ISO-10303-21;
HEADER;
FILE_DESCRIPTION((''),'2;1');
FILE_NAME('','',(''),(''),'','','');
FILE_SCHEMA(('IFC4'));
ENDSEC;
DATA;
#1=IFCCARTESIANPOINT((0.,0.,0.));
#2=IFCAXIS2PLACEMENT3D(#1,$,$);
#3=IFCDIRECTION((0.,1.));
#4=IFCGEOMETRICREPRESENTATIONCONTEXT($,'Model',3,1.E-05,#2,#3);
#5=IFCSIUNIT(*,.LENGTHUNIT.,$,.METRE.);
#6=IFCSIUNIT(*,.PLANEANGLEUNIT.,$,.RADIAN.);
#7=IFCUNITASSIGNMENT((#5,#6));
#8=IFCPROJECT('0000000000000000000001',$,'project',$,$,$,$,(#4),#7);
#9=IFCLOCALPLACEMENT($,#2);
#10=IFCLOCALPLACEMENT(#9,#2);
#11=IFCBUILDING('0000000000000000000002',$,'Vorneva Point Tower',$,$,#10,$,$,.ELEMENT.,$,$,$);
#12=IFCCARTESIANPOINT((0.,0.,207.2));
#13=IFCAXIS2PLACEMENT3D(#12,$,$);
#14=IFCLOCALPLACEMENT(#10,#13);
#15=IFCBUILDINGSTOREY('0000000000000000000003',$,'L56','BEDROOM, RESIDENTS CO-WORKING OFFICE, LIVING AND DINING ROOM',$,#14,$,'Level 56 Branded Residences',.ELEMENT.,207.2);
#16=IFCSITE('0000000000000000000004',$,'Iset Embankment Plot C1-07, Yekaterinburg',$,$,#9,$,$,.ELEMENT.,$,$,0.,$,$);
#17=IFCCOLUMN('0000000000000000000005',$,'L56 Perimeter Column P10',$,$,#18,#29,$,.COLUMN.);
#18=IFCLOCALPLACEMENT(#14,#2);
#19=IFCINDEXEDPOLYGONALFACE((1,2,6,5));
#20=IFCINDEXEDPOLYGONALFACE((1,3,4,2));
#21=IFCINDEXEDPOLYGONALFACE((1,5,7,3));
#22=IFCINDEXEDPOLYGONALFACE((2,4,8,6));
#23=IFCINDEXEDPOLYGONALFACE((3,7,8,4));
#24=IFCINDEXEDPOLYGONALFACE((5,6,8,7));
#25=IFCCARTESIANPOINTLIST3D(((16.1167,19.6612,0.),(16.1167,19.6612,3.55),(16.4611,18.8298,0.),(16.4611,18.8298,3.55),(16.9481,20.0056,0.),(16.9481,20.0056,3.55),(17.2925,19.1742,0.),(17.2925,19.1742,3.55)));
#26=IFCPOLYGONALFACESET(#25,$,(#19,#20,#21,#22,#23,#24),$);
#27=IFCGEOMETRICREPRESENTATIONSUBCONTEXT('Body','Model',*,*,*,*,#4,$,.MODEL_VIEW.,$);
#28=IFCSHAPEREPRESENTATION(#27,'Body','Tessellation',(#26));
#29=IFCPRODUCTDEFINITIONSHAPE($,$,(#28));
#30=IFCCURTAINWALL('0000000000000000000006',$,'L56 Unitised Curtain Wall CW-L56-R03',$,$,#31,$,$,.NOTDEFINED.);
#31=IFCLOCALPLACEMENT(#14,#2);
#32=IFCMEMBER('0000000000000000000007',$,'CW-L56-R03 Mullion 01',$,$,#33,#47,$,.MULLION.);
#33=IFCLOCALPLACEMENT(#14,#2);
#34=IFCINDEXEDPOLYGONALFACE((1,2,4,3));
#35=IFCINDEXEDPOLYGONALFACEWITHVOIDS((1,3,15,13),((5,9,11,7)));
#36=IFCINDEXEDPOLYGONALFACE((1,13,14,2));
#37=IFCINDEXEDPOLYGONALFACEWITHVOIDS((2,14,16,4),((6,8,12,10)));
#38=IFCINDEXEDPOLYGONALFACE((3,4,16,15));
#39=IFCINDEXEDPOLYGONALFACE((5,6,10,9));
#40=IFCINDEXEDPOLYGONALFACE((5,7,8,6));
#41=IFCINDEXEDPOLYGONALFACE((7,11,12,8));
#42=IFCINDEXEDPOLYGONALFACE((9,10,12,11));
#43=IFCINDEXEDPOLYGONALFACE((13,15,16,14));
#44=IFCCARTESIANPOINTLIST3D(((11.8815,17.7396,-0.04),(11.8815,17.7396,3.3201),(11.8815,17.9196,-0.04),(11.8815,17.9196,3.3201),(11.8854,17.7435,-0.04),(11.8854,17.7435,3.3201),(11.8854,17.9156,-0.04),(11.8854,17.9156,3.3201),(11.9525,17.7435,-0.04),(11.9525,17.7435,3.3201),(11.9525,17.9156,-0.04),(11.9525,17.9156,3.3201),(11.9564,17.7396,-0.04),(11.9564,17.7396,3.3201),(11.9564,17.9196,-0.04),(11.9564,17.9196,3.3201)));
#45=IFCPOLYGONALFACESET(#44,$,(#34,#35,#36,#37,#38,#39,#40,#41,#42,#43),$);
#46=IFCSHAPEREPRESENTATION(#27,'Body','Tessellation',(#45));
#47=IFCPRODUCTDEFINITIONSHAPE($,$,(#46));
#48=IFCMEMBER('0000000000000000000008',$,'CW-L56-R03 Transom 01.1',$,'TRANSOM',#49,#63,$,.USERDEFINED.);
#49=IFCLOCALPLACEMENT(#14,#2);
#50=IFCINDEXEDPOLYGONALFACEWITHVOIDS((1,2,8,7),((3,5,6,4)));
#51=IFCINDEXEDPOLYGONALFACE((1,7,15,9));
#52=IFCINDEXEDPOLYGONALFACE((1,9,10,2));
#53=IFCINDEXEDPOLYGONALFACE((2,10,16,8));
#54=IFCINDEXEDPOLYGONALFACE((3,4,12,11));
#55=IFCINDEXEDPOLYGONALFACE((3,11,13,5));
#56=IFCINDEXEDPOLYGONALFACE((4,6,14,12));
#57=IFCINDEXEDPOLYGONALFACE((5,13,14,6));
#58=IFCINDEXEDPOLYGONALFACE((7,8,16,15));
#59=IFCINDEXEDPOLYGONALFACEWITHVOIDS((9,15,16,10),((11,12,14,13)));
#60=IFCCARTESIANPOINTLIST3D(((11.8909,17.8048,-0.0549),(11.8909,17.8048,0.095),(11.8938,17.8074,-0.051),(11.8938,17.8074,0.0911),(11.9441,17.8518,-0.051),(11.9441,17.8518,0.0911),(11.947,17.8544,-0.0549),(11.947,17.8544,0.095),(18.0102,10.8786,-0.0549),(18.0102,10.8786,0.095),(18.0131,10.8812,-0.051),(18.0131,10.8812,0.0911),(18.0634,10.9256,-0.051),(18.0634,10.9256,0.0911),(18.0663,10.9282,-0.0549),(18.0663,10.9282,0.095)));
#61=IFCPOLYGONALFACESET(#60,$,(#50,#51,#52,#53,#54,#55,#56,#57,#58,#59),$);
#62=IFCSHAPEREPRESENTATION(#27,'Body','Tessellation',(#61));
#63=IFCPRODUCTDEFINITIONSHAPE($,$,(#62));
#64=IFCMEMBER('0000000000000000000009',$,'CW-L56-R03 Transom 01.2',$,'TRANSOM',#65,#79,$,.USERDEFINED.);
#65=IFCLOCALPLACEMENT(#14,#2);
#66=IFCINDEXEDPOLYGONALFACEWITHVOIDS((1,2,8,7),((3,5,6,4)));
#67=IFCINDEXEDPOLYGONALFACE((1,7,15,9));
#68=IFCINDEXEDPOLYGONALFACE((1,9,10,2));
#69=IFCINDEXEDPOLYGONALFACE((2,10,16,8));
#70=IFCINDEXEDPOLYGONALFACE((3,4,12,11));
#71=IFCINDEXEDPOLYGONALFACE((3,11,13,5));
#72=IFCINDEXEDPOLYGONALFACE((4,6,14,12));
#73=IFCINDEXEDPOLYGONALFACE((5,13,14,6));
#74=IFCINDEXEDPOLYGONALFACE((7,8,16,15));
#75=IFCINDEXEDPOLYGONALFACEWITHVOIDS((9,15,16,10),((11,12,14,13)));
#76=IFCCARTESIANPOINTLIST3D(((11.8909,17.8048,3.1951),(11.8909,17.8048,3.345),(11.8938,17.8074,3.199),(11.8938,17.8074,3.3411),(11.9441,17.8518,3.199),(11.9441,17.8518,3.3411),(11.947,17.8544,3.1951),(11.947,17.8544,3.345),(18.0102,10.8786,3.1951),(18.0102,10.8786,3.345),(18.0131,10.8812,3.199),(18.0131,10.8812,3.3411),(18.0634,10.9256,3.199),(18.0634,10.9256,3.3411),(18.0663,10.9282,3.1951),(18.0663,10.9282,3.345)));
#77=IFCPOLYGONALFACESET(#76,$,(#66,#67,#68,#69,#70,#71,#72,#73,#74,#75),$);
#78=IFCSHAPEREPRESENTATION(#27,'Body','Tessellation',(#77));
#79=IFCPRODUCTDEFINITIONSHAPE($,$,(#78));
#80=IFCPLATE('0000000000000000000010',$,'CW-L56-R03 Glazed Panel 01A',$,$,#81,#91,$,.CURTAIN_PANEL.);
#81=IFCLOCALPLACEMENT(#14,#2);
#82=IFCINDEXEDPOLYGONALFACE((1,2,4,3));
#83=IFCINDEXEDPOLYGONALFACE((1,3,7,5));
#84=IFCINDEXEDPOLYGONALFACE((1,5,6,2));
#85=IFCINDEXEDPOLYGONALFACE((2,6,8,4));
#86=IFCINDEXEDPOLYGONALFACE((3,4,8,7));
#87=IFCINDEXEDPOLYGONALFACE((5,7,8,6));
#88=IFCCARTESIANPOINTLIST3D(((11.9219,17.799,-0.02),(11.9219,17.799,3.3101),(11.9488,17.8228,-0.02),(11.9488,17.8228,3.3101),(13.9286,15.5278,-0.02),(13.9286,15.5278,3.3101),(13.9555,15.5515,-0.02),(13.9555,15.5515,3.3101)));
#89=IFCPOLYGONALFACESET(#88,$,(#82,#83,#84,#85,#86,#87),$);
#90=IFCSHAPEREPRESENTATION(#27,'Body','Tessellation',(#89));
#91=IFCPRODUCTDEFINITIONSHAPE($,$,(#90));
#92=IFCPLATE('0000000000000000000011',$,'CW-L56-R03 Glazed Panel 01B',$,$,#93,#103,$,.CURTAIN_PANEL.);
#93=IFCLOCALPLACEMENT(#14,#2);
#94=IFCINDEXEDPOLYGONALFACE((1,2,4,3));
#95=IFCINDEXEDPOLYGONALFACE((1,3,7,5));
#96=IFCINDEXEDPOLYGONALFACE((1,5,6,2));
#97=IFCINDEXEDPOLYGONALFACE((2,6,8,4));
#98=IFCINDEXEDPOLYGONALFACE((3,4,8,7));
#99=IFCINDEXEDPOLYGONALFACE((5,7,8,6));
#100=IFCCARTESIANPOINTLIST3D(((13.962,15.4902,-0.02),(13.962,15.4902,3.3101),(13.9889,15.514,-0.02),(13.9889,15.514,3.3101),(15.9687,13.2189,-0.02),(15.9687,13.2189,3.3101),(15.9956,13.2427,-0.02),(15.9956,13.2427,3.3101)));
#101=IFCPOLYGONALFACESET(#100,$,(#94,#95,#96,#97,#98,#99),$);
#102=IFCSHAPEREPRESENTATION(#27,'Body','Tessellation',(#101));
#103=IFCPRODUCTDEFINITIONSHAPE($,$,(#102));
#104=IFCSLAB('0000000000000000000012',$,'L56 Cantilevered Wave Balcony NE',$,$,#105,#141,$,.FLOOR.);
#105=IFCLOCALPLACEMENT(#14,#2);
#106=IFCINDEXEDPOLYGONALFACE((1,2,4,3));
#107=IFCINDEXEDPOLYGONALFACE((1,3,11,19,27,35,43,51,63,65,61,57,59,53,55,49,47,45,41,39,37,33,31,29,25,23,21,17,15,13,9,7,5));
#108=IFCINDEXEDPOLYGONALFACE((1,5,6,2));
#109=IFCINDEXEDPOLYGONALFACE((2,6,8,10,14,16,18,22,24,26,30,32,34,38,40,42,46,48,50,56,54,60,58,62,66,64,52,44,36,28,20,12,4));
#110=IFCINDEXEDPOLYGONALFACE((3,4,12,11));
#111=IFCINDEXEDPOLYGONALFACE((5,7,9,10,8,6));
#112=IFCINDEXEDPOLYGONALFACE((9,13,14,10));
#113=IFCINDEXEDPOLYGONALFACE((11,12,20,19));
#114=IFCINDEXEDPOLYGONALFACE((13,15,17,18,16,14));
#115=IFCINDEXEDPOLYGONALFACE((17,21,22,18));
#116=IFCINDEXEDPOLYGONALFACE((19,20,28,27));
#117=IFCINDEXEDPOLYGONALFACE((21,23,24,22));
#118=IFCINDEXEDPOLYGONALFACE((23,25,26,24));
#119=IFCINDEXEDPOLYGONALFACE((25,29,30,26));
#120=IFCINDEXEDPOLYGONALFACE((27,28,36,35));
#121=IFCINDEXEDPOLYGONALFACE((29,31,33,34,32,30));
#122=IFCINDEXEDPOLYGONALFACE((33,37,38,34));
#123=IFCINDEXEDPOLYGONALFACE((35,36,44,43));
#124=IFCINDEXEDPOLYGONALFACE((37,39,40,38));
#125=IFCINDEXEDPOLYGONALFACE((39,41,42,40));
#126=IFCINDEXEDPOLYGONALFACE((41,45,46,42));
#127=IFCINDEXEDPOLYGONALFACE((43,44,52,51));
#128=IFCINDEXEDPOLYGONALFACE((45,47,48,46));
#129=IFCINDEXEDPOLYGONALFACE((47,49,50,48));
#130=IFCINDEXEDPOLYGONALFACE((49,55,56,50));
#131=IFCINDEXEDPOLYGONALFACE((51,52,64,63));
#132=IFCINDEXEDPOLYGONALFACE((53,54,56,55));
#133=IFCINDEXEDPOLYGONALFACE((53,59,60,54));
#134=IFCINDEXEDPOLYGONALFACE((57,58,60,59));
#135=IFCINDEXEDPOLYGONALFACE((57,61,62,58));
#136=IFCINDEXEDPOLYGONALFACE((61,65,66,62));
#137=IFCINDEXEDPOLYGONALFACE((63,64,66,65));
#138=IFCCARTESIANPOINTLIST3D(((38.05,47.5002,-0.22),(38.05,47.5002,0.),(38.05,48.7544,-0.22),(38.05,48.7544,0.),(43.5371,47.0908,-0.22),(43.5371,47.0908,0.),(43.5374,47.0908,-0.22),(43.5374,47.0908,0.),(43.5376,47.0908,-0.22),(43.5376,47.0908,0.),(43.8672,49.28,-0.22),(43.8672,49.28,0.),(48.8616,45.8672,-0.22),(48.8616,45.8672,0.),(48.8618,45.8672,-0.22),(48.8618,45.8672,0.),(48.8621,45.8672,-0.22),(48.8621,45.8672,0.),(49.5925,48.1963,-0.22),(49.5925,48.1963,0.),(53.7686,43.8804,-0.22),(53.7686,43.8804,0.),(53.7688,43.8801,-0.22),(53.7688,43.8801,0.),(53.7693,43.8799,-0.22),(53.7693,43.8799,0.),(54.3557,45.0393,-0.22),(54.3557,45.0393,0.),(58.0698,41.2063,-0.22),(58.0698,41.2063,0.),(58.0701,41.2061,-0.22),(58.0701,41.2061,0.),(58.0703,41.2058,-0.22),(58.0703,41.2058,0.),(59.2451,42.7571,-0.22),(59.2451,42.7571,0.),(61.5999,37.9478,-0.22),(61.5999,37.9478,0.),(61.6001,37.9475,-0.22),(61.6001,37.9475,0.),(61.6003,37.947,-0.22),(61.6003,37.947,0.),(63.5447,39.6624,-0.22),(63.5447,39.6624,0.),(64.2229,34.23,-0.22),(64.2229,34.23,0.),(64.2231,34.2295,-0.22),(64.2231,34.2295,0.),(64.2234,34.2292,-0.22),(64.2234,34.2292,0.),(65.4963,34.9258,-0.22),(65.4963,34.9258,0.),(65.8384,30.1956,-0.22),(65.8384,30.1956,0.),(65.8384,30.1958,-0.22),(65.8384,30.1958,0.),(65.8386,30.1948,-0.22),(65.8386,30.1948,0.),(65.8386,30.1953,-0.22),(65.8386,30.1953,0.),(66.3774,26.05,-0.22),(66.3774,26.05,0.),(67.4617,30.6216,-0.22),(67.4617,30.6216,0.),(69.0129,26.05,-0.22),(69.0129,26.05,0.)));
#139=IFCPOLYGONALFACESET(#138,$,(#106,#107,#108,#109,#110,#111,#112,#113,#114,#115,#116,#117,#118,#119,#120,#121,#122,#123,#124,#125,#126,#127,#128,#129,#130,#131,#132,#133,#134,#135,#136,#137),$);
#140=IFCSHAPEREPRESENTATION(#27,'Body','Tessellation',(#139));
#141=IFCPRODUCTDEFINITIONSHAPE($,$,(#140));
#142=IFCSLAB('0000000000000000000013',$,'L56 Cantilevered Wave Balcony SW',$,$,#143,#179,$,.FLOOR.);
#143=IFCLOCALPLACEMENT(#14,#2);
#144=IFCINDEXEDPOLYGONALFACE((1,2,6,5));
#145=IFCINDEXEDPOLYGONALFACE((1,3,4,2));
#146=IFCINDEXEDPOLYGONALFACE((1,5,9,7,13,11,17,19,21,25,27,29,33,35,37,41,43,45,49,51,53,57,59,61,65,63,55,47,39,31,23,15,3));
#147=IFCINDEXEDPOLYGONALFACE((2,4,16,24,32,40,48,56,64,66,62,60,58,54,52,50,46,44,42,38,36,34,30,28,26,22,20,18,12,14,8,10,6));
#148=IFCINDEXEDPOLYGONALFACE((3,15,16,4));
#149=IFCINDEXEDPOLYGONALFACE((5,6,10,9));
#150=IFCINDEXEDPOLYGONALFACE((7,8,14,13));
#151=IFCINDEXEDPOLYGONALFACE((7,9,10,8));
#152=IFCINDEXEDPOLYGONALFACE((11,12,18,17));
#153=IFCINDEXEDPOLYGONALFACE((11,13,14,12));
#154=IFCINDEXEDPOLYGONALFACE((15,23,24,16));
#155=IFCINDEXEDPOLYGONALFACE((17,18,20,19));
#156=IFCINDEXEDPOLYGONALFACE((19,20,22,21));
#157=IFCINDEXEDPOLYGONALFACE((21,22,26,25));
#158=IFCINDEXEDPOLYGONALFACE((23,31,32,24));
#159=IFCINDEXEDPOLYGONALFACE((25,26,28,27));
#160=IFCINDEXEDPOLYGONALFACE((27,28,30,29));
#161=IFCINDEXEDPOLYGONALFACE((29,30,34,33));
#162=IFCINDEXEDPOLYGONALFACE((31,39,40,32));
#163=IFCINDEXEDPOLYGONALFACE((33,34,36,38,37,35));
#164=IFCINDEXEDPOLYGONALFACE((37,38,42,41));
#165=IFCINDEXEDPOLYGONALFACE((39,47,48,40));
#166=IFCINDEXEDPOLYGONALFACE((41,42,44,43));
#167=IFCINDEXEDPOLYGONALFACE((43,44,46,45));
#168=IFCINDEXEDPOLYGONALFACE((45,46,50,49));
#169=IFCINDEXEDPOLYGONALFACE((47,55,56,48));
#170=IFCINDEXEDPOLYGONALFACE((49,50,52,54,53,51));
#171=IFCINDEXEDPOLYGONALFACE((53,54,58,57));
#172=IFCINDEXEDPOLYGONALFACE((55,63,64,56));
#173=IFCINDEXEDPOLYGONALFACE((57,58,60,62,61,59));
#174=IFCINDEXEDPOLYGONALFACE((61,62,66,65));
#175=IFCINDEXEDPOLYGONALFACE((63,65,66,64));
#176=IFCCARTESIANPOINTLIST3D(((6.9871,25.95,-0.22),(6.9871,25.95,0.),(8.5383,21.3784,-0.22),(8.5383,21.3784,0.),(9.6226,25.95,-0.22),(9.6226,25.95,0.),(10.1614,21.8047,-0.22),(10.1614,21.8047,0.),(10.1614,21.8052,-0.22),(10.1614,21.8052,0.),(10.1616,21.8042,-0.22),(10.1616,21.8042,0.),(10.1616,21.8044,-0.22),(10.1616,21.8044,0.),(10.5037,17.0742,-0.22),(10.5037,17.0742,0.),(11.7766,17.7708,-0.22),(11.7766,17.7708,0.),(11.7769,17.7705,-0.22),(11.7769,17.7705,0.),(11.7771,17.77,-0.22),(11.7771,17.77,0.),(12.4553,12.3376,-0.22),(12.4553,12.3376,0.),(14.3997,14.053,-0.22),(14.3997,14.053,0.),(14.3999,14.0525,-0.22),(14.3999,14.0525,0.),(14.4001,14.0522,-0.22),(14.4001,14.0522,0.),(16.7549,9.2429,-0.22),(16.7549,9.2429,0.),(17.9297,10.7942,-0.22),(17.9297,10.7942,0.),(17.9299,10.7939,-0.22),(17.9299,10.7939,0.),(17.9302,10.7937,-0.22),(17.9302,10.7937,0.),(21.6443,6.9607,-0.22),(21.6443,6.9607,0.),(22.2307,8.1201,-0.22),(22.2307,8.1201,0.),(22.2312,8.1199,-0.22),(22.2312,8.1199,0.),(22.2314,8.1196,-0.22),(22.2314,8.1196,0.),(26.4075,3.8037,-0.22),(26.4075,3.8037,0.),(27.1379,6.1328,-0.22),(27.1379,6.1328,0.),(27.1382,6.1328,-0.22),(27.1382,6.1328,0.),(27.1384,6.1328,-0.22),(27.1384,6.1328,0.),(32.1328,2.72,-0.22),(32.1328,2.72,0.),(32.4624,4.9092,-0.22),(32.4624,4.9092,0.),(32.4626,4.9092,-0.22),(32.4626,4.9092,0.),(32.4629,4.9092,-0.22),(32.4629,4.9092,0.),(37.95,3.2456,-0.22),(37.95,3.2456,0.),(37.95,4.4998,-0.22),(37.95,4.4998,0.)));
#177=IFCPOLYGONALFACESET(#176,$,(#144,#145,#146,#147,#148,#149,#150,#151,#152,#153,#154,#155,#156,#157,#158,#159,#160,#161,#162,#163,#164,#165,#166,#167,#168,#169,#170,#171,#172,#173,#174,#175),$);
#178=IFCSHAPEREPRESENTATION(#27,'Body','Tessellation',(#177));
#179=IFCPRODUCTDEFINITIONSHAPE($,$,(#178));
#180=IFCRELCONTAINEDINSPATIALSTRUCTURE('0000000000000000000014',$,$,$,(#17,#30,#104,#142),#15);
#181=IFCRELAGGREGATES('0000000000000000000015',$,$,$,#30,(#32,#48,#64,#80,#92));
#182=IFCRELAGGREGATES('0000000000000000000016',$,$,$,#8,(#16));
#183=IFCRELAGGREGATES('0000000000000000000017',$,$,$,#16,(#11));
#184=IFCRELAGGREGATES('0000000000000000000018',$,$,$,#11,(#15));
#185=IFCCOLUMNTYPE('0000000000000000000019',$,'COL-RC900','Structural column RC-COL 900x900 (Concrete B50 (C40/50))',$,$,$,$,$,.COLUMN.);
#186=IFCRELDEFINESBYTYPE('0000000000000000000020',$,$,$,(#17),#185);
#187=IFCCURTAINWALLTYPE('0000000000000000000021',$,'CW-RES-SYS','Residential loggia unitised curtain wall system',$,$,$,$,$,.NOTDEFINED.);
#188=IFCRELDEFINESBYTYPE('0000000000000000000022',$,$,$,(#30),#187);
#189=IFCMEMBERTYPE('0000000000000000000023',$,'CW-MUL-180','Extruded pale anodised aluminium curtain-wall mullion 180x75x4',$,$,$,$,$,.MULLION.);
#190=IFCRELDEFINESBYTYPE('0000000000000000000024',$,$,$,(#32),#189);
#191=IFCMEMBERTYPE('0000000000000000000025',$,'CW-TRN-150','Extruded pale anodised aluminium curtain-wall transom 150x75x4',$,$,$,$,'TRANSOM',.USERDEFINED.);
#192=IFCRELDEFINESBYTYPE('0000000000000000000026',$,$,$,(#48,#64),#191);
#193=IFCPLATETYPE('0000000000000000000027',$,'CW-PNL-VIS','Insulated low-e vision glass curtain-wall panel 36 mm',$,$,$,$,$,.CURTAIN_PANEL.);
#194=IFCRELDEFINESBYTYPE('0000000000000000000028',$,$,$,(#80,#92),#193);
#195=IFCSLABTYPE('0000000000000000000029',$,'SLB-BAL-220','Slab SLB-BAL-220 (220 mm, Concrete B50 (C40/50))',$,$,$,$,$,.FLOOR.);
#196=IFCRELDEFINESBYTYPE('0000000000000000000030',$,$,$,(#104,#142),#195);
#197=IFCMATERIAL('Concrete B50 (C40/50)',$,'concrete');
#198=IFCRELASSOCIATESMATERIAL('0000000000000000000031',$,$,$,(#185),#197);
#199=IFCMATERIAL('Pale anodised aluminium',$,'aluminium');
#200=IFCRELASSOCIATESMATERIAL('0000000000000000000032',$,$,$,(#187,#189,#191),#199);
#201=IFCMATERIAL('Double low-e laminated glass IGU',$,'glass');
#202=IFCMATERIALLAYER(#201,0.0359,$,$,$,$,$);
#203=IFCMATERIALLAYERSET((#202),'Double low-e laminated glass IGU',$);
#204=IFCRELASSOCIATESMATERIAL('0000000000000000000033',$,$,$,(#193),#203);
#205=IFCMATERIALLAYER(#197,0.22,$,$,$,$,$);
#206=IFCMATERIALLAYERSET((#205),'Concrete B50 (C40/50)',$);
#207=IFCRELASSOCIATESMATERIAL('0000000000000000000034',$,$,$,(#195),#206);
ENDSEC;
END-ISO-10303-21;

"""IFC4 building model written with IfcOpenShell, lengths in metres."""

from ifc_helpers import new_model, si_unit, direction, frame, origin, origin_2d, place, context, subcontext, project, spatial, polyline, rectangle, hollow_rectangle, outline, extrude, material, layer, layer_set, material_profile, profile_set, type_object, element, aggregate, save


model = new_model("IFC4")

# Units and contexts
model_context = context("Model", 3, precision=1e-05, world=origin(), true_north=direction((0.0, 1.0)))
body_context = subcontext(model_context, "Body", "Model", "MODEL_VIEW")
ifc_project = project(units=[si_unit("LENGTHUNIT", "METRE"), si_unit("PLANEANGLEUNIT", "RADIAN")], contexts=[model_context])

# Site, building, storey
site_placement = place(None, origin())
site = spatial("IfcSite", under=ifc_project, at=site_placement, Name="Iset Embankment Plot C1-07, Yekaterinburg", CompositionType="ELEMENT", RefElevation=0.0)
building_placement = place(site_placement, origin())
building = spatial("IfcBuilding", under=site, at=building_placement, Name="Vorneva Point Tower", CompositionType="ELEMENT")
storey_placement = place(building_placement, frame((0.0, 0.0, 207.2)))
storey = spatial("IfcBuildingStorey", under=building, at=storey_placement, Name="L56", Description="BEDROOM, RESIDENTS CO-WORKING OFFICE, LIVING AND DINING ROOM", LongName="Level 56 Branded Residences", CompositionType="ELEMENT", Elevation=207.2)

# Column
ifc_material_1 = material(Name="Concrete B50 (C40/50)", Category="concrete")
ifc_material_profile_1 = material_profile(ifc_material_1, rectangle(XDim=0.8999, YDim=0.8999, at=origin_2d()), Name="RC-COL 900x900")
ifc_profile_set_1 = profile_set([ifc_material_profile_1], Name="Concrete B50 (C40/50)")
column_type = type_object("IfcColumnType", Name="COL-RC900", Description="Structural column RC-COL 900x900 (Concrete B50 (C40/50))", PredefinedType="COLUMN", material=ifc_profile_set_1)
column_placement = place(storey_placement, frame((16.7046, 19.4177, 0.0), z_axis=(0.0, 0.0, 1.0), x_axis=(-0.92388, -0.382683, 0.0)))
element("IfcColumn", 1, at=column_placement, inside=storey, type_object=column_type, Name="L56 Perimeter Column P10", PredefinedType="COLUMN", context=body_context, shape_type="SweptSolid", body=[
    extrude(rectangle(XDim=0.8999, YDim=0.8999, at=origin_2d()), origin(), (0.0, 0.0, 1.0), 3.55),
])

# Curtain wall, members, plates
ifc_material_2 = material(Name="Pale anodised aluminium", Category="aluminium")
curtain_wall_type = type_object("IfcCurtainWallType", Name="CW-RES-SYS", Description="Residential loggia unitised curtain wall system", PredefinedType="NOTDEFINED", material=ifc_material_2)
curtain_wall_placement = place(storey_placement, origin())
curtain_wall = element("IfcCurtainWall", 2, at=curtain_wall_placement, inside=storey, type_object=curtain_wall_type, Name="L56 Unitised Curtain Wall CW-L56-R03", PredefinedType="NOTDEFINED")
ifc_material_profile_2 = material_profile(ifc_material_2, hollow_rectangle(XDim=0.075, YDim=0.1799, WallThickness=0.0039, at=origin_2d()), Name="AL-MUL 180x75x4")
ifc_profile_set_2 = profile_set([ifc_material_profile_2], Name="Pale anodised aluminium")
member_type_1 = type_object("IfcMemberType", Name="CW-MUL-180", Description="Extruded pale anodised aluminium curtain-wall mullion 180x75x4", PredefinedType="MULLION", material=ifc_profile_set_2)
member_1_placement = place(storey_placement, frame((11.9189, 17.8296, -0.04), z_axis=(0.0, 0.0, 1.0), x_axis=(1.0, 0.0, 0.0)))
member_1 = element("IfcMember", 3, at=member_1_placement, type_object=member_type_1, Name="CW-L56-R03 Mullion 01", PredefinedType="MULLION", context=body_context, shape_type="SweptSolid", body=[
    extrude(hollow_rectangle(XDim=0.075, YDim=0.1799, WallThickness=0.0039, at=origin_2d()), origin(), (0.0, 0.0, 1.0), 3.3601),
])
ifc_material_profile_3 = material_profile(ifc_material_2, hollow_rectangle(XDim=0.075, YDim=0.1499, WallThickness=0.0039, at=origin_2d()), Name="AL-TRN 150x75x4")
ifc_profile_set_3 = profile_set([ifc_material_profile_3], Name="Pale anodised aluminium")
member_type_2 = type_object("IfcMemberType", Name="CW-TRN-150", Description="Extruded pale anodised aluminium curtain-wall transom 150x75x4", ElementType="TRANSOM", PredefinedType="USERDEFINED", material=ifc_profile_set_3)
member_2_placement = place(storey_placement, frame((11.9189, 17.8296, 0.02), z_axis=(0.662106, -0.74941, 0.0), x_axis=(0.74941, 0.662106, 0.0)))
member_2 = element("IfcMember", 4, at=member_2_placement, type_object=member_type_2, Name="CW-L56-R03 Transom 01.1", ObjectType="TRANSOM", PredefinedType="USERDEFINED", context=body_context, shape_type="SweptSolid", body=[
    extrude(hollow_rectangle(XDim=0.075, YDim=0.1499, WallThickness=0.0039, at=origin_2d()), origin(), (0.0, 0.0, 1.0), 9.2422),
])
member_3_placement = place(storey_placement, frame((11.9189, 17.8296, 3.27), z_axis=(0.662106, -0.74941, 0.0), x_axis=(0.74941, 0.662106, 0.0)))
member_3 = element("IfcMember", 5, at=member_3_placement, type_object=member_type_2, Name="CW-L56-R03 Transom 01.2", ObjectType="TRANSOM", PredefinedType="USERDEFINED", context=body_context, shape_type="SweptSolid", body=[
    extrude(hollow_rectangle(XDim=0.075, YDim=0.1499, WallThickness=0.0039, at=origin_2d()), origin(), (0.0, 0.0, 1.0), 9.2422),
])
ifc_material_3 = material(Name="Double low-e laminated glass IGU", Category="glass")
ifc_layer_1 = layer(ifc_material_3, 0.0359)
ifc_layer_set_1 = layer_set([ifc_layer_1], Name="Double low-e laminated glass IGU")
plate_type = type_object("IfcPlateType", Name="CW-PNL-VIS", Description="Insulated low-e vision glass curtain-wall panel 36 mm", PredefinedType="CURTAIN_PANEL", material=ifc_layer_set_1)
plate_1_placement = place(storey_placement, frame((12.9387, 16.6753, -0.02), z_axis=(0.0, 0.0, 1.0), x_axis=(0.66211, -0.749407, 0.0)))
plate_1 = element("IfcPlate", 6, at=plate_1_placement, type_object=plate_type, Name="CW-L56-R03 Glazed Panel 01A", PredefinedType="CURTAIN_PANEL", context=body_context, shape_type="SweptSolid", body=[
    extrude(rectangle(XDim=3.0308, YDim=0.0359, at=origin_2d()), origin(), (0.0, 0.0, 1.0), 3.3301),
])
plate_2_placement = place(storey_placement, frame((14.9788, 14.3665, -0.02), z_axis=(0.0, 0.0, 1.0), x_axis=(0.66211, -0.749407, 0.0)))
plate_2 = element("IfcPlate", 7, at=plate_2_placement, type_object=plate_type, Name="CW-L56-R03 Glazed Panel 01B", PredefinedType="CURTAIN_PANEL", context=body_context, shape_type="SweptSolid", body=[
    extrude(rectangle(XDim=3.0308, YDim=0.0359, at=origin_2d()), origin(), (0.0, 0.0, 1.0), 3.3301),
])
aggregate(curtain_wall, [member_1, member_2, member_3, plate_1, plate_2])

# Slabs
ifc_layer_2 = layer(ifc_material_1, 0.22)
ifc_layer_set_2 = layer_set([ifc_layer_2], Name="Concrete B50 (C40/50)")
slab_type_1 = type_object("IfcSlabType", Name="SLB-BAL-220", Description="Slab SLB-BAL-220 (220 mm, Concrete B50 (C40/50))", PredefinedType="FLOOR", material=ifc_layer_set_2)
slab_1_placement = place(storey_placement, frame((0.0, 0.0, -0.22)))
element("IfcSlab", 8, at=slab_1_placement, inside=storey, type_object=slab_type_1, Name="L56 Cantilevered Wave Balcony NE", PredefinedType="FLOOR", context=body_context, shape_type="SweptSolid", body=[
    extrude(outline(polyline([(38.05, 48.7544), (38.05, 47.5002), (43.5371, 47.0908), (43.5374, 47.0908), (43.5376, 47.0908), (48.8616, 45.8672), (48.8618, 45.8672), (48.8621, 45.8672), (53.7686, 43.8804), (53.7688, 43.8801), (53.7693, 43.8799), (58.0698, 41.2063), (58.0701, 41.2061), (58.0703, 41.2058), (61.5999, 37.9478), (61.6001, 37.9475), (61.6003, 37.947), (64.2229, 34.23), (64.2231, 34.2295), (64.2234, 34.2292), (65.8384, 30.1958), (65.8384, 30.1956), (65.8386, 30.1953), (65.8386, 30.1948), (66.3774, 26.05), (69.0129, 26.05), (67.4617, 30.6216), (65.4963, 34.9258), (63.5447, 39.6624), (59.2451, 42.7571), (54.3557, 45.0393), (49.5925, 48.1963), (43.8672, 49.28), (38.05, 48.7544)])), origin(), (0.0, 0.0, 1.0), 0.22),
])
slab_2_placement = place(storey_placement, frame((0.0, 0.0, -0.22)))
element("IfcSlab", 9, at=slab_2_placement, inside=storey, type_object=slab_type_1, Name="L56 Cantilevered Wave Balcony SW", PredefinedType="FLOOR", context=body_context, shape_type="SweptSolid", body=[
    extrude(outline(polyline([(37.95, 3.2456), (37.95, 4.4998), (32.4629, 4.9092), (32.4626, 4.9092), (32.4624, 4.9092), (27.1384, 6.1328), (27.1382, 6.1328), (27.1379, 6.1328), (22.2314, 8.1196), (22.2312, 8.1199), (22.2307, 8.1201), (17.9302, 10.7937), (17.9299, 10.7939), (17.9297, 10.7942), (14.4001, 14.0522), (14.3999, 14.0525), (14.3997, 14.053), (11.7771, 17.77), (11.7769, 17.7705), (11.7766, 17.7708), (10.1616, 21.8042), (10.1616, 21.8044), (10.1614, 21.8047), (10.1614, 21.8052), (9.6226, 25.95), (6.9871, 25.95), (8.5383, 21.3784), (10.5037, 17.0742), (12.4553, 12.3376), (16.7549, 9.2429), (21.6443, 6.9607), (26.4075, 3.8037), (32.1328, 2.72), (37.95, 3.2456)])), origin(), (0.0, 0.0, 1.0), 0.22),
])

save(model, "model.ifc")
